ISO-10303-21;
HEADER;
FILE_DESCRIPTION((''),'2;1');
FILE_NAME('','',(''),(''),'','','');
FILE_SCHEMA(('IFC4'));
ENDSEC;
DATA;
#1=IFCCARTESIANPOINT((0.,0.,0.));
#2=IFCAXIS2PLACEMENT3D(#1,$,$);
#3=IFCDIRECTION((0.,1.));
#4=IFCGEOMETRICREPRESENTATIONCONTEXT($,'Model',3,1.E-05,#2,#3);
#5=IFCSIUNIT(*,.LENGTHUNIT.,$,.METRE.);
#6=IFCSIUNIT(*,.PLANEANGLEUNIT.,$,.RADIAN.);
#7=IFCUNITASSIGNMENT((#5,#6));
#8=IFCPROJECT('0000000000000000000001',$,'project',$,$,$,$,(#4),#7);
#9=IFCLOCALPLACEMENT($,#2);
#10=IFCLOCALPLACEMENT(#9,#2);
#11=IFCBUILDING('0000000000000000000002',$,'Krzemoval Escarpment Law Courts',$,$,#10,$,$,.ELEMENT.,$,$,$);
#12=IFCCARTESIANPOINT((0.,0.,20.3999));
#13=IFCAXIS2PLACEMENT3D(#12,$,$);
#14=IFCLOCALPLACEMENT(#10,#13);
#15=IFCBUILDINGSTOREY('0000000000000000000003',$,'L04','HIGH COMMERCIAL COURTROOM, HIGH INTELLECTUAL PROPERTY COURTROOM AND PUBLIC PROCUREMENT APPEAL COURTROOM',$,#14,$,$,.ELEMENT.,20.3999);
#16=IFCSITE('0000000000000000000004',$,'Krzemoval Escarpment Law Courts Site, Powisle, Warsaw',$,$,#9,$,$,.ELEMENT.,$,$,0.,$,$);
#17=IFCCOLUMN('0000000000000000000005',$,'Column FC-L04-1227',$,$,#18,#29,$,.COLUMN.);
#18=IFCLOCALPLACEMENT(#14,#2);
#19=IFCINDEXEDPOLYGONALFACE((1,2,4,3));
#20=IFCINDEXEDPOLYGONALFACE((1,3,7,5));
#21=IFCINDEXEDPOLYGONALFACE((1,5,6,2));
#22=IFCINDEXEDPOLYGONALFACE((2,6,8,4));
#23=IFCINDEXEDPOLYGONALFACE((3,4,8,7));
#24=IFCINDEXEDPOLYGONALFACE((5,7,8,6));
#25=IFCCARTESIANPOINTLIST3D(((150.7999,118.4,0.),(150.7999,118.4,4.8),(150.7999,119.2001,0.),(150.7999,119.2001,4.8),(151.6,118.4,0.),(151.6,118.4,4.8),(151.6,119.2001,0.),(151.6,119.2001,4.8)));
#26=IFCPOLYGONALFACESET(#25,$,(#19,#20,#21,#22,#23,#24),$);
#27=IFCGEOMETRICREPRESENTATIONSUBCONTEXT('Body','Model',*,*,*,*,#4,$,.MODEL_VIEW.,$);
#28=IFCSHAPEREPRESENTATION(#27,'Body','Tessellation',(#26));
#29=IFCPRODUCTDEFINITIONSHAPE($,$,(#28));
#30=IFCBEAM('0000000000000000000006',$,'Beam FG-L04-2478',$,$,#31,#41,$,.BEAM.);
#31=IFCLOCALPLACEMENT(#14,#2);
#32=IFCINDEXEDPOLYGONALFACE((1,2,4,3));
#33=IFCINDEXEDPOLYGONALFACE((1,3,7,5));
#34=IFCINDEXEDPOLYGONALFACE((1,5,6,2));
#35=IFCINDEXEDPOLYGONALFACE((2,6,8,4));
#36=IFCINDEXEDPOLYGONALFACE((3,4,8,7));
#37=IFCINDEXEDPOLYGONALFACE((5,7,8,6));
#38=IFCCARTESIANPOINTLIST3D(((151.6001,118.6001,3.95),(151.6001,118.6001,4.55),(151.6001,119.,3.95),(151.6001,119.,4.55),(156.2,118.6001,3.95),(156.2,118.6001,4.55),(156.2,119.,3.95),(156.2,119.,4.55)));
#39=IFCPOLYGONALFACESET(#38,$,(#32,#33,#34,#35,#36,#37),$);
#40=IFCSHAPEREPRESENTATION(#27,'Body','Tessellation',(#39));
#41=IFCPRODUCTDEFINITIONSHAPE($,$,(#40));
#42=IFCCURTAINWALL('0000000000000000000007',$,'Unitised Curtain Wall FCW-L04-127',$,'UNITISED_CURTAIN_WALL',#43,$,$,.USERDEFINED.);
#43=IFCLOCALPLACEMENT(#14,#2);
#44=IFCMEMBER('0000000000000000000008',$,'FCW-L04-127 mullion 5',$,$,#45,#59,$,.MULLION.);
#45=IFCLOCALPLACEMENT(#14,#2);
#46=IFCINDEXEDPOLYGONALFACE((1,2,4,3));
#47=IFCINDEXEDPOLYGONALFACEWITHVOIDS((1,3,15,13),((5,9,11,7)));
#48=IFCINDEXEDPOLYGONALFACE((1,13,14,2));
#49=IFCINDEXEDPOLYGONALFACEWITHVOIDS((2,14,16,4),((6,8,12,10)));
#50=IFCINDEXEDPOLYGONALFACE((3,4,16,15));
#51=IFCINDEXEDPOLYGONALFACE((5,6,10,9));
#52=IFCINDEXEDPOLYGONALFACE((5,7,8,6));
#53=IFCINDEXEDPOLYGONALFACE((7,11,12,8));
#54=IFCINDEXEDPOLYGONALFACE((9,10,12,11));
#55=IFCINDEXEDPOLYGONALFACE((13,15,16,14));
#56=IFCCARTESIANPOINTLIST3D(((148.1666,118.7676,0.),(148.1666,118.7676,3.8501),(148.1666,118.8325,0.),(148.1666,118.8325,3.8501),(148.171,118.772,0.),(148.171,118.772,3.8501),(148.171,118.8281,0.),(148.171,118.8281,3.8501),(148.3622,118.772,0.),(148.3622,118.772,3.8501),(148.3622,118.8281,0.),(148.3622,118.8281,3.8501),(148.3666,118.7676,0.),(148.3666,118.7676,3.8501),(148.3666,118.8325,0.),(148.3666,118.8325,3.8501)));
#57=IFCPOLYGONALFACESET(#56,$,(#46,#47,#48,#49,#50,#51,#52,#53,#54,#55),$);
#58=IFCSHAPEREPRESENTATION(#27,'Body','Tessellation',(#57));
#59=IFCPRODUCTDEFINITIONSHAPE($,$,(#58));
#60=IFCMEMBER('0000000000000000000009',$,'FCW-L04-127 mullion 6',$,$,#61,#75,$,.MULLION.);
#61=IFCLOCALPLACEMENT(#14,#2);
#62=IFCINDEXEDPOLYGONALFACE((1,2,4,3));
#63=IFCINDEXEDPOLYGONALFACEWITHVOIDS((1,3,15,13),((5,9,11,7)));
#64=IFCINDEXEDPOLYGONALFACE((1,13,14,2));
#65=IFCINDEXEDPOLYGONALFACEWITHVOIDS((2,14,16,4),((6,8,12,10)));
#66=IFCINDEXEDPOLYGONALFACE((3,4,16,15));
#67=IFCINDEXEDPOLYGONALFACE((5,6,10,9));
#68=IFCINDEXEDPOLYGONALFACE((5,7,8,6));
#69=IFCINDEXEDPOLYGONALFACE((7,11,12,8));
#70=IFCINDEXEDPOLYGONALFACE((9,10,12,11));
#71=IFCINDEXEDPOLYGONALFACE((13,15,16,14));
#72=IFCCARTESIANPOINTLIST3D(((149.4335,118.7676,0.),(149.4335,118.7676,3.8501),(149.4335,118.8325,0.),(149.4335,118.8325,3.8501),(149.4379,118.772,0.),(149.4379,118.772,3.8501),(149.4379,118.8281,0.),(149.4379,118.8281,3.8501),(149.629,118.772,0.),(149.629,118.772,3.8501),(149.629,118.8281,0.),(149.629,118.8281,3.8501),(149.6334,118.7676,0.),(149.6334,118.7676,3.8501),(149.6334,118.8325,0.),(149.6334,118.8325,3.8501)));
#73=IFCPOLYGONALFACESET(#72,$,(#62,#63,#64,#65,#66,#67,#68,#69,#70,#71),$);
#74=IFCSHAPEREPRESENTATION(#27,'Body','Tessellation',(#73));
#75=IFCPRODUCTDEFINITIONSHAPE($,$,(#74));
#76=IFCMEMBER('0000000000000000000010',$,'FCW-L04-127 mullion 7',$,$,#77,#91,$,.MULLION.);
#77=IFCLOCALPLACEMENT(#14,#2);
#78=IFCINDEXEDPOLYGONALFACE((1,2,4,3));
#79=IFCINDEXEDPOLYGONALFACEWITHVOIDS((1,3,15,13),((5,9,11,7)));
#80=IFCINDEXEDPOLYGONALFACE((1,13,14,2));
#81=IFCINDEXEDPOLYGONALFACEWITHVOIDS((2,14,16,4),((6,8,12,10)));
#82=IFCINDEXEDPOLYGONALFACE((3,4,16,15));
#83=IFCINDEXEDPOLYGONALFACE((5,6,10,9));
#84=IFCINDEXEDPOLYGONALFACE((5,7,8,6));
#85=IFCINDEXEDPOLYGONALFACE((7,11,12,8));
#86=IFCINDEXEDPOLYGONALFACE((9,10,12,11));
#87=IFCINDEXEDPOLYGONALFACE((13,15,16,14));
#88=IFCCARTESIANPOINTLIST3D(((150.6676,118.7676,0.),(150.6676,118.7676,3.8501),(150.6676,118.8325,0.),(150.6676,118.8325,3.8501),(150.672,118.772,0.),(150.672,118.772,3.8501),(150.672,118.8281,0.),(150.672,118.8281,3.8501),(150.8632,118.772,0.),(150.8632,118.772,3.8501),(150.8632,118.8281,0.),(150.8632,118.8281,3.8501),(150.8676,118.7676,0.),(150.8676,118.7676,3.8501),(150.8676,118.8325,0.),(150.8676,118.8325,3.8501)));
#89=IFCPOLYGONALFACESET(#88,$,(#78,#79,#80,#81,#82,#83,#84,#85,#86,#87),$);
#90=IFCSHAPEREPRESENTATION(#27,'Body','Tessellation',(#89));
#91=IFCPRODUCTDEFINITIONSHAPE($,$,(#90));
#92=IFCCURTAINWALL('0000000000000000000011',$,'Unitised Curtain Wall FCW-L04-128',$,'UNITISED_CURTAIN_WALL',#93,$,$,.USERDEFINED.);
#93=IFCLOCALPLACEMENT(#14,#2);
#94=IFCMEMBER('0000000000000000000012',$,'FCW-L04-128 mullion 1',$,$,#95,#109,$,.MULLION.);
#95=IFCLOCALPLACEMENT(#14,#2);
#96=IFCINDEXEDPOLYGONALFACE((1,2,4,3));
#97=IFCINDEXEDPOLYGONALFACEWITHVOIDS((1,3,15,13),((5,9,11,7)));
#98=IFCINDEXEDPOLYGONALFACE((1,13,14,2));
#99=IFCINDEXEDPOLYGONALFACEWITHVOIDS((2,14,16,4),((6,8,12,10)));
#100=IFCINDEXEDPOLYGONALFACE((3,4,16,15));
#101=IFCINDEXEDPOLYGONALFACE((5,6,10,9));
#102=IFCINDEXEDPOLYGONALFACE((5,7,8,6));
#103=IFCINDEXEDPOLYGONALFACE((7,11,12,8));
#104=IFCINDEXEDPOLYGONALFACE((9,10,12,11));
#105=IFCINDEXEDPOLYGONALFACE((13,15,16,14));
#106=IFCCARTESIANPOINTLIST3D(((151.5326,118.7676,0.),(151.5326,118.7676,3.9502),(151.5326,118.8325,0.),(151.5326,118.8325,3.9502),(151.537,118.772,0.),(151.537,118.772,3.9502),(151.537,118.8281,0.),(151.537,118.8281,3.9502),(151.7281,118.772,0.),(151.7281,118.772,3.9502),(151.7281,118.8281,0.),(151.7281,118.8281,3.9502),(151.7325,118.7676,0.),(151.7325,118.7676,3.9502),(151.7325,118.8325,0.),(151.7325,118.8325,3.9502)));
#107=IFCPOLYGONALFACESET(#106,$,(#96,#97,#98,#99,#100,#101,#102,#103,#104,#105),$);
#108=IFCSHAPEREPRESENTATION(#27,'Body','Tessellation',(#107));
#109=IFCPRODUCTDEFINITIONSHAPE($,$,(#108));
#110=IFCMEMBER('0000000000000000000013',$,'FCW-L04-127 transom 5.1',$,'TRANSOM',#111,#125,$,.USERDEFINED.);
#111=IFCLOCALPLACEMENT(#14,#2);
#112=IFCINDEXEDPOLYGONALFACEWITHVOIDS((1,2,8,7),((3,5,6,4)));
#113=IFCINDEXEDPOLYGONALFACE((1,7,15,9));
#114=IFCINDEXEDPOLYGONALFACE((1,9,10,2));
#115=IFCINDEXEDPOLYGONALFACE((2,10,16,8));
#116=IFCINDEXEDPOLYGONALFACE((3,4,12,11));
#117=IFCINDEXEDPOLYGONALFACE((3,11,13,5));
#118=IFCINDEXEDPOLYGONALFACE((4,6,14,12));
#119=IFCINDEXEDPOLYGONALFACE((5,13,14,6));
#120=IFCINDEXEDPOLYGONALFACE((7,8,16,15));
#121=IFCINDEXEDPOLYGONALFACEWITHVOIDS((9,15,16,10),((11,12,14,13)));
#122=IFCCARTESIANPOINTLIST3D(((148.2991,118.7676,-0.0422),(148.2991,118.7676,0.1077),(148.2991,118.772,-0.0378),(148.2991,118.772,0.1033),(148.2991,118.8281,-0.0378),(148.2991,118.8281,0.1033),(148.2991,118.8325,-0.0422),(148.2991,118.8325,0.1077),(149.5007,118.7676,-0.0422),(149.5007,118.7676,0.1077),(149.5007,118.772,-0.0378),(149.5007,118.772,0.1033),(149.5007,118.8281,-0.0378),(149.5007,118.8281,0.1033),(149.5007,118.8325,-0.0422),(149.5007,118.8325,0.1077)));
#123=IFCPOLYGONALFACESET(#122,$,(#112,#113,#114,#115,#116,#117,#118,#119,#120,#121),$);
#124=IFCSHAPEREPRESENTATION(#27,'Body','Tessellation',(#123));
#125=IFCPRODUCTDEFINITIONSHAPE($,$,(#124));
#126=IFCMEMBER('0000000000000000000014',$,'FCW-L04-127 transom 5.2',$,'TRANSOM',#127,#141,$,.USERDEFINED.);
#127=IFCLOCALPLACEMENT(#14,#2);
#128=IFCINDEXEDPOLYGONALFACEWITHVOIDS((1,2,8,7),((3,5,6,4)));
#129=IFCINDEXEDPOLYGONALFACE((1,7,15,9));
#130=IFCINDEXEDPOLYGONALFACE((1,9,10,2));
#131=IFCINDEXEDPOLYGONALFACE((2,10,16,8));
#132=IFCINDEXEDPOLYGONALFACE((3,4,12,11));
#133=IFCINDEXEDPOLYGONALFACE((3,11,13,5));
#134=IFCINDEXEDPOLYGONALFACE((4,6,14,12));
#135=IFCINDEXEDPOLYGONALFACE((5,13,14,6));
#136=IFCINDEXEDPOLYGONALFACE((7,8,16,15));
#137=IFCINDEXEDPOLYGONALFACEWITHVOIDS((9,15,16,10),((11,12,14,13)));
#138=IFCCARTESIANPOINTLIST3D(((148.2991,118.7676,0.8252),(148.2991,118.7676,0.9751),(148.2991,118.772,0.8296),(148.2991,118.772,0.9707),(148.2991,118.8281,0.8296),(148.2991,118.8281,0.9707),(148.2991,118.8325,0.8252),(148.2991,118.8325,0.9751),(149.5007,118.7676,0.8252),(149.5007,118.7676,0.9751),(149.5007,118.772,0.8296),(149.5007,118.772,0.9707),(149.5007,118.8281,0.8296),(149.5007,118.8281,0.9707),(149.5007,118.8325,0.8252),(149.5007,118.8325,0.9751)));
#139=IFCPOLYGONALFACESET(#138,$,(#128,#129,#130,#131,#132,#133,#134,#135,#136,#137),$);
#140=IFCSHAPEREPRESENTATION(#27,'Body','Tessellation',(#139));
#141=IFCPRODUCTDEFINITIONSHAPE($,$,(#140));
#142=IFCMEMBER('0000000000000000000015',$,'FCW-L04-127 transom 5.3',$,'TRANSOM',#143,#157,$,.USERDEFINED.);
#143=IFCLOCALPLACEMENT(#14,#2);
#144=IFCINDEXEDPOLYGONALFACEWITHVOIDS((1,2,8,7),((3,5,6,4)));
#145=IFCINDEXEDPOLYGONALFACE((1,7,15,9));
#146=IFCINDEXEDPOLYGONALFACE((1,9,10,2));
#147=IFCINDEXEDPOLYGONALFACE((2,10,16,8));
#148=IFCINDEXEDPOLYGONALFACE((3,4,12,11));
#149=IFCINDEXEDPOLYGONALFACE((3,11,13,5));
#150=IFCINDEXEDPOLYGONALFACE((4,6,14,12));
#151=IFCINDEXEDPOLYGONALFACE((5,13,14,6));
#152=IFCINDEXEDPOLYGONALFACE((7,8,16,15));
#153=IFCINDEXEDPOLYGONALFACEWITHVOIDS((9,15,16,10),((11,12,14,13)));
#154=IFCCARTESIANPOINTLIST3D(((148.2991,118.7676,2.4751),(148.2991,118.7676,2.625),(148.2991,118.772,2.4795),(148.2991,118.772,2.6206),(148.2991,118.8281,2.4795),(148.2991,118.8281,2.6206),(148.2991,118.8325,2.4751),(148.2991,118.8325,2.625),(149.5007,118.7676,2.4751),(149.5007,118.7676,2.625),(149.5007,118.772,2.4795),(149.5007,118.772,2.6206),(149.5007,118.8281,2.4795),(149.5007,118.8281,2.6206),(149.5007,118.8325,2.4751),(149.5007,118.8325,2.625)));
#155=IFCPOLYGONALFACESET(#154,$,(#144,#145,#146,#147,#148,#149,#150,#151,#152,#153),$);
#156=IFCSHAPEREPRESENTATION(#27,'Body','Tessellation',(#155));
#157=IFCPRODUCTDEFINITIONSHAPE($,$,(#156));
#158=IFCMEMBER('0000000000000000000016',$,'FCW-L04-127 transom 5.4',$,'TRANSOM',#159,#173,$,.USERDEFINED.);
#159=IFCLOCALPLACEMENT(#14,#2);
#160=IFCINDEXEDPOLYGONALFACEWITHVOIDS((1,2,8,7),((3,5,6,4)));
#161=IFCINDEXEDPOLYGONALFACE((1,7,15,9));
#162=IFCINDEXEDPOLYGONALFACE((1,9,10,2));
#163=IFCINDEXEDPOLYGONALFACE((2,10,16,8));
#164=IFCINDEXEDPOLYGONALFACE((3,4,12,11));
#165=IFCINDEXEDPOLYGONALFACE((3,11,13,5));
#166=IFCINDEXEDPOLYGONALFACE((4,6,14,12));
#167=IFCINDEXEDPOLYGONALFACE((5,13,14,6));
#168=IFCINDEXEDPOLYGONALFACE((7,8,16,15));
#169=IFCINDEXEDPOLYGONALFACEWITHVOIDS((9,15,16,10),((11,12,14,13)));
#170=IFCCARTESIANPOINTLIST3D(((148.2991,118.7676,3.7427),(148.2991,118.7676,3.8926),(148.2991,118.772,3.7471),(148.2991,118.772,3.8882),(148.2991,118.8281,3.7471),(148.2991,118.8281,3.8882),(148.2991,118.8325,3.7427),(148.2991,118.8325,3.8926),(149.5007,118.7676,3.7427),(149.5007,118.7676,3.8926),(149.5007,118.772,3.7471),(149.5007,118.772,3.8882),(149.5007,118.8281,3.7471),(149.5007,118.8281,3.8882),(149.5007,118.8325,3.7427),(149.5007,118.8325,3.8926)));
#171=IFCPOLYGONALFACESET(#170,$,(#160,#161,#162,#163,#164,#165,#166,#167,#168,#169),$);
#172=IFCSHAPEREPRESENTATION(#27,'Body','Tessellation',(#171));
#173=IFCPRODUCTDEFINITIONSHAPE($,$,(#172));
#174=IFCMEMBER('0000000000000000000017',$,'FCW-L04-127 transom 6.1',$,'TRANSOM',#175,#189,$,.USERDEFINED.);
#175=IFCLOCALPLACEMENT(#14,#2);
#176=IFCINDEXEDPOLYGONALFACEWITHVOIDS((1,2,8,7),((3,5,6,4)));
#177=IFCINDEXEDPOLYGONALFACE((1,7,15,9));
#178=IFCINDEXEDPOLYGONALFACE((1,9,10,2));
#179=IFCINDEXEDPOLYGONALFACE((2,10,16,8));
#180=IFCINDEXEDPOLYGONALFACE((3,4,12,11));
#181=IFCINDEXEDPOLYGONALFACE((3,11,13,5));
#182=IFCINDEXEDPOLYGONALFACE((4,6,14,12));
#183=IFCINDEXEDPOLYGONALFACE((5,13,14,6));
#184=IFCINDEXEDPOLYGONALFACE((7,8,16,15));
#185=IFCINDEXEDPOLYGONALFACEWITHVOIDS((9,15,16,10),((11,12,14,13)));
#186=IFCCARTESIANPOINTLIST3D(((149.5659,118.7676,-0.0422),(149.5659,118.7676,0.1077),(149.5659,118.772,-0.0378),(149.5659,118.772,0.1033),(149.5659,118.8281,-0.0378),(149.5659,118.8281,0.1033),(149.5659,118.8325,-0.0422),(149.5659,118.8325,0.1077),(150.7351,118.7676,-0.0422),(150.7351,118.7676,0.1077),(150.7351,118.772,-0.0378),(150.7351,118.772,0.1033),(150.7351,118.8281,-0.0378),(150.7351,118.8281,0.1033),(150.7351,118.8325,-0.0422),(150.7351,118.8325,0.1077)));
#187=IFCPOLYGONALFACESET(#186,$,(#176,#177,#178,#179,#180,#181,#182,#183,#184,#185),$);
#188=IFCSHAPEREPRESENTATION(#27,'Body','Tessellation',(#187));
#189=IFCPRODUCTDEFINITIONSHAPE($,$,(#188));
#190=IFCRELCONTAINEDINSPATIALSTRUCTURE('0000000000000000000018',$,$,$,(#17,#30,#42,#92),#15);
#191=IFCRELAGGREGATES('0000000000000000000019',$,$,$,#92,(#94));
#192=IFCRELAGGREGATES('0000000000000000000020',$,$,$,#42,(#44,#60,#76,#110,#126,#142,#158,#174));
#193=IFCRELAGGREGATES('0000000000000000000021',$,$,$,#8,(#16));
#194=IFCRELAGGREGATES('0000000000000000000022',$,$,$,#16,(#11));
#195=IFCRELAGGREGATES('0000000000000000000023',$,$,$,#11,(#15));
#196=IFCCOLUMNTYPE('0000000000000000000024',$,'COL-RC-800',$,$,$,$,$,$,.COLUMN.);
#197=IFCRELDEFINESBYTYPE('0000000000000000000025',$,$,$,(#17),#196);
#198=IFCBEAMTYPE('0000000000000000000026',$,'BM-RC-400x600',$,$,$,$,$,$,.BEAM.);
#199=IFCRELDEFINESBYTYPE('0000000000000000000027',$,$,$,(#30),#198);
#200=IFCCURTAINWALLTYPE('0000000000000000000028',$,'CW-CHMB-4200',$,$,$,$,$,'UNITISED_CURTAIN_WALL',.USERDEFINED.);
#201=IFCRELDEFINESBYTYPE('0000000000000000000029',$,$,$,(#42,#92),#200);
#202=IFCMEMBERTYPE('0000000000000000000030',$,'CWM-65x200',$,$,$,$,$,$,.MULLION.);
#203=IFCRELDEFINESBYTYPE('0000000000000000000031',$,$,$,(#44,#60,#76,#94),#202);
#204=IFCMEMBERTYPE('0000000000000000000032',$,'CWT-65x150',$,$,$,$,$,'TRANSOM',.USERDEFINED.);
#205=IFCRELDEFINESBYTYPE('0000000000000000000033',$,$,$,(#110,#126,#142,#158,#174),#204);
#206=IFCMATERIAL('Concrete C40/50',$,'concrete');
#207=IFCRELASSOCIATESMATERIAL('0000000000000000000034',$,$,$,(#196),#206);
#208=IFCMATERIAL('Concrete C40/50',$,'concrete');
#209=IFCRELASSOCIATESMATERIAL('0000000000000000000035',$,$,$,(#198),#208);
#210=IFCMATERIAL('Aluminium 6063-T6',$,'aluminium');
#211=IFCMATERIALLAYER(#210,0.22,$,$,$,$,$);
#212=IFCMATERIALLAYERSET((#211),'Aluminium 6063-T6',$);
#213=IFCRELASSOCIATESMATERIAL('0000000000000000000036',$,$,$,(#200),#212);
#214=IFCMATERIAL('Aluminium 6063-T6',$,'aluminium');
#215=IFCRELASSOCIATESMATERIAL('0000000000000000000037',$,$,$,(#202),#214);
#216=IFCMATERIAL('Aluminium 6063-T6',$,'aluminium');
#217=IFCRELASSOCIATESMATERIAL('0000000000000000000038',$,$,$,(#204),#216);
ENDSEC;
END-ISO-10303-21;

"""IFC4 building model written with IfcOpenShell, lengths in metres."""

from ifc_helpers import new_model, si_unit, direction, frame, origin, origin_2d, place, context, subcontext, project, spatial, rectangle, hollow_rectangle, extrude, material, layer, layer_set, material_profile, profile_set, type_object, element, aggregate, save


model = new_model("IFC4")

# Units and contexts
model_context = context("Model", 3, precision=1e-05, world=origin(), true_north=direction((0.0, 1.0)))
body_context = subcontext(model_context, "Body", "Model", "MODEL_VIEW")
ifc_project = project(units=[si_unit("LENGTHUNIT", "METRE"), si_unit("PLANEANGLEUNIT", "RADIAN")], contexts=[model_context])

# Site, building, storey
site_placement = place(None, origin())
site = spatial("IfcSite", under=ifc_project, at=site_placement, Name="Krzemoval Escarpment Law Courts Site, Powisle, Warsaw", CompositionType="ELEMENT", RefElevation=0.0)
building_placement = place(site_placement, origin())
building = spatial("IfcBuilding", under=site, at=building_placement, Name="Krzemoval Escarpment Law Courts", CompositionType="ELEMENT")
storey_placement = place(building_placement, frame((0.0, 0.0, 20.3999)))
storey = spatial("IfcBuildingStorey", under=building, at=storey_placement, Name="L04", Description="HIGH COMMERCIAL COURTROOM, HIGH INTELLECTUAL PROPERTY COURTROOM AND PUBLIC PROCUREMENT APPEAL COURTROOM", CompositionType="ELEMENT", Elevation=20.3999)

# Column
ifc_material_1 = material(Name="Concrete C40/50", Category="concrete")
ifc_material_profile_1 = material_profile(ifc_material_1, rectangle(XDim=0.8, YDim=0.8, at=origin_2d()), Name="RC 800x800")
ifc_profile_set_1 = profile_set([ifc_material_profile_1], Name="Concrete C40/50")
column_type = type_object("IfcColumnType", Name="COL-RC-800", PredefinedType="COLUMN", material=ifc_profile_set_1)
column_placement = place(storey_placement, frame((151.2, 118.8, 0.0), z_axis=(0.0, 0.0, 1.0), x_axis=(1.0, 0.0, 0.0)))
element("IfcColumn", 1, at=column_placement, inside=storey, type_object=column_type, Name="Column FC-L04-1227", PredefinedType="COLUMN", context=body_context, shape_type="SweptSolid", body=[
    extrude(rectangle(XDim=0.8, YDim=0.8, at=origin_2d()), origin(), (0.0, 0.0, 1.0), 4.8),
])

# Beam
ifc_material_2 = material(Name="Concrete C40/50", Category="concrete")
ifc_material_profile_2 = material_profile(ifc_material_2, rectangle(XDim=0.3999, YDim=0.6001, at=origin_2d()), Name="RCB 400x600")
ifc_profile_set_2 = profile_set([ifc_material_profile_2], Name="Concrete C40/50")
beam_type = type_object("IfcBeamType", Name="BM-RC-400x600", PredefinedType="BEAM", material=ifc_profile_set_2)
beam_placement = place(storey_placement, frame((151.6001, 118.8, 4.25), z_axis=(1.0, 0.0, 0.0), x_axis=(0.0, 1.0, 0.0)))
element("IfcBeam", 2, at=beam_placement, inside=storey, type_object=beam_type, Name="Beam FG-L04-2478", PredefinedType="BEAM", context=body_context, shape_type="SweptSolid", body=[
    extrude(rectangle(XDim=0.3999, YDim=0.6001, at=origin_2d()), origin(), (0.0, 0.0, 1.0), 4.5999),
])

# Curtain wall, members
ifc_material_3 = material(Name="Aluminium 6063-T6", Category="aluminium")
ifc_layer_1 = layer(ifc_material_3, 0.22)
ifc_layer_set_1 = layer_set([ifc_layer_1], Name="Aluminium 6063-T6")
curtain_wall_type = type_object("IfcCurtainWallType", Name="CW-CHMB-4200", ElementType="UNITISED_CURTAIN_WALL", PredefinedType="USERDEFINED", material=ifc_layer_set_1)
curtain_wall_1_placement = place(storey_placement, origin())
curtain_wall_1 = element("IfcCurtainWall", 3, at=curtain_wall_1_placement, inside=storey, type_object=curtain_wall_type, Name="Unitised Curtain Wall FCW-L04-127", ObjectType="UNITISED_CURTAIN_WALL", PredefinedType="USERDEFINED")
ifc_material_4 = material(Name="Aluminium 6063-T6", Category="aluminium")
ifc_material_profile_3 = material_profile(ifc_material_4, hollow_rectangle(XDim=0.0649, YDim=0.2, WallThickness=0.0044, at=origin_2d()), Name="ALU M65x200")
ifc_profile_set_3 = profile_set([ifc_material_profile_3], Name="Aluminium 6063-T6")
member_type_1 = type_object("IfcMemberType", Name="CWM-65x200", PredefinedType="MULLION", material=ifc_profile_set_3)
member_1_placement = place(storey_placement, frame((148.2666, 118.8, 0.0), z_axis=(0.0, 0.0, 1.0), x_axis=(0.0, 1.0, 0.0)))
member_1 = element("IfcMember", 4, at=member_1_placement, type_object=member_type_1, Name="FCW-L04-127 mullion 5", PredefinedType="MULLION", context=body_context, shape_type="SweptSolid", body=[
    extrude(hollow_rectangle(XDim=0.0649, YDim=0.2, WallThickness=0.0044, at=origin_2d()), origin(), (0.0, 0.0, 1.0), 3.8501),
])
member_2_placement = place(storey_placement, frame((149.5334, 118.8, 0.0), z_axis=(0.0, 0.0, 1.0), x_axis=(0.0, 1.0, 0.0)))
member_2 = element("IfcMember", 5, at=member_2_placement, type_object=member_type_1, Name="FCW-L04-127 mullion 6", PredefinedType="MULLION", context=body_context, shape_type="SweptSolid", body=[
    extrude(hollow_rectangle(XDim=0.0649, YDim=0.2, WallThickness=0.0044, at=origin_2d()), origin(), (0.0, 0.0, 1.0), 3.8501),
])
member_3_placement = place(storey_placement, frame((150.7676, 118.8, 0.0), z_axis=(0.0, 0.0, 1.0), x_axis=(0.0, 1.0, 0.0)))
member_3 = element("IfcMember", 6, at=member_3_placement, type_object=member_type_1, Name="FCW-L04-127 mullion 7", PredefinedType="MULLION", context=body_context, shape_type="SweptSolid", body=[
    extrude(hollow_rectangle(XDim=0.0649, YDim=0.2, WallThickness=0.0044, at=origin_2d()), origin(), (0.0, 0.0, 1.0), 3.8501),
])

# Curtain wall, member
curtain_wall_2_placement = place(storey_placement, origin())
curtain_wall_2 = element("IfcCurtainWall", 7, at=curtain_wall_2_placement, inside=storey, type_object=curtain_wall_type, Name="Unitised Curtain Wall FCW-L04-128", ObjectType="UNITISED_CURTAIN_WALL", PredefinedType="USERDEFINED")
member_4_placement = place(storey_placement, frame((151.6326, 118.8, 0.0), z_axis=(0.0, 0.0, 1.0), x_axis=(0.0, 1.0, 0.0)))
member_4 = element("IfcMember", 8, at=member_4_placement, type_object=member_type_1, Name="FCW-L04-128 mullion 1", PredefinedType="MULLION", context=body_context, shape_type="SweptSolid", body=[
    extrude(hollow_rectangle(XDim=0.0649, YDim=0.2, WallThickness=0.0044, at=origin_2d()), origin(), (0.0, 0.0, 1.0), 3.9502),
])

# Members
ifc_material_5 = material(Name="Aluminium 6063-T6", Category="aluminium")
ifc_material_profile_4 = material_profile(ifc_material_5, hollow_rectangle(XDim=0.0649, YDim=0.1499, WallThickness=0.0044, at=origin_2d()), Name="ALU T65x150")
ifc_profile_set_4 = profile_set([ifc_material_profile_4], Name="Aluminium 6063-T6")
member_type_2 = type_object("IfcMemberType", Name="CWT-65x150", ElementType="TRANSOM", PredefinedType="USERDEFINED", material=ifc_profile_set_4)
member_5_placement = place(storey_placement, frame((148.2991, 118.8, 0.0327), z_axis=(1.0, 0.0, 0.0), x_axis=(0.0, 1.0, 0.0)))
member_5 = element("IfcMember", 9, at=member_5_placement, type_object=member_type_2, Name="FCW-L04-127 transom 5.1", ObjectType="TRANSOM", PredefinedType="USERDEFINED", context=body_context, shape_type="SweptSolid", body=[
    extrude(hollow_rectangle(XDim=0.0649, YDim=0.1499, WallThickness=0.0044, at=origin_2d()), origin(), (0.0, 0.0, 1.0), 1.2017),
])
member_6_placement = place(storey_placement, frame((148.2991, 118.8, 0.9001), z_axis=(1.0, 0.0, 0.0), x_axis=(0.0, 1.0, 0.0)))
member_6 = element("IfcMember", 10, at=member_6_placement, type_object=member_type_2, Name="FCW-L04-127 transom 5.2", ObjectType="TRANSOM", PredefinedType="USERDEFINED", context=body_context, shape_type="SweptSolid", body=[
    extrude(hollow_rectangle(XDim=0.0649, YDim=0.1499, WallThickness=0.0044, at=origin_2d()), origin(), (0.0, 0.0, 1.0), 1.2017),
])
member_7_placement = place(storey_placement, frame((148.2991, 118.8, 2.55), z_axis=(1.0, 0.0, 0.0), x_axis=(0.0, 1.0, 0.0)))
member_7 = element("IfcMember", 11, at=member_7_placement, type_object=member_type_2, Name="FCW-L04-127 transom 5.3", ObjectType="TRANSOM", PredefinedType="USERDEFINED", context=body_context, shape_type="SweptSolid", body=[
    extrude(hollow_rectangle(XDim=0.0649, YDim=0.1499, WallThickness=0.0044, at=origin_2d()), origin(), (0.0, 0.0, 1.0), 1.2017),
])
member_8_placement = place(storey_placement, frame((148.2991, 118.8, 3.8176), z_axis=(1.0, 0.0, 0.0), x_axis=(0.0, 1.0, 0.0)))
member_8 = element("IfcMember", 12, at=member_8_placement, type_object=member_type_2, Name="FCW-L04-127 transom 5.4", ObjectType="TRANSOM", PredefinedType="USERDEFINED", context=body_context, shape_type="SweptSolid", body=[
    extrude(hollow_rectangle(XDim=0.0649, YDim=0.1499, WallThickness=0.0044, at=origin_2d()), origin(), (0.0, 0.0, 1.0), 1.2017),
])
member_9_placement = place(storey_placement, frame((149.5659, 118.8, 0.0327), z_axis=(1.0, 0.0, 0.0), x_axis=(0.0, 1.0, 0.0)))
member_9 = element("IfcMember", 13, at=member_9_placement, type_object=member_type_2, Name="FCW-L04-127 transom 6.1", ObjectType="TRANSOM", PredefinedType="USERDEFINED", context=body_context, shape_type="SweptSolid", body=[
    extrude(hollow_rectangle(XDim=0.0649, YDim=0.1499, WallThickness=0.0044, at=origin_2d()), origin(), (0.0, 0.0, 1.0), 1.1692),
])
aggregate(curtain_wall_2, [member_4])

aggregate(curtain_wall_1, [member_1, member_2, member_3, member_5, member_6, member_7, member_8, member_9])

save(model, "model.ifc")
